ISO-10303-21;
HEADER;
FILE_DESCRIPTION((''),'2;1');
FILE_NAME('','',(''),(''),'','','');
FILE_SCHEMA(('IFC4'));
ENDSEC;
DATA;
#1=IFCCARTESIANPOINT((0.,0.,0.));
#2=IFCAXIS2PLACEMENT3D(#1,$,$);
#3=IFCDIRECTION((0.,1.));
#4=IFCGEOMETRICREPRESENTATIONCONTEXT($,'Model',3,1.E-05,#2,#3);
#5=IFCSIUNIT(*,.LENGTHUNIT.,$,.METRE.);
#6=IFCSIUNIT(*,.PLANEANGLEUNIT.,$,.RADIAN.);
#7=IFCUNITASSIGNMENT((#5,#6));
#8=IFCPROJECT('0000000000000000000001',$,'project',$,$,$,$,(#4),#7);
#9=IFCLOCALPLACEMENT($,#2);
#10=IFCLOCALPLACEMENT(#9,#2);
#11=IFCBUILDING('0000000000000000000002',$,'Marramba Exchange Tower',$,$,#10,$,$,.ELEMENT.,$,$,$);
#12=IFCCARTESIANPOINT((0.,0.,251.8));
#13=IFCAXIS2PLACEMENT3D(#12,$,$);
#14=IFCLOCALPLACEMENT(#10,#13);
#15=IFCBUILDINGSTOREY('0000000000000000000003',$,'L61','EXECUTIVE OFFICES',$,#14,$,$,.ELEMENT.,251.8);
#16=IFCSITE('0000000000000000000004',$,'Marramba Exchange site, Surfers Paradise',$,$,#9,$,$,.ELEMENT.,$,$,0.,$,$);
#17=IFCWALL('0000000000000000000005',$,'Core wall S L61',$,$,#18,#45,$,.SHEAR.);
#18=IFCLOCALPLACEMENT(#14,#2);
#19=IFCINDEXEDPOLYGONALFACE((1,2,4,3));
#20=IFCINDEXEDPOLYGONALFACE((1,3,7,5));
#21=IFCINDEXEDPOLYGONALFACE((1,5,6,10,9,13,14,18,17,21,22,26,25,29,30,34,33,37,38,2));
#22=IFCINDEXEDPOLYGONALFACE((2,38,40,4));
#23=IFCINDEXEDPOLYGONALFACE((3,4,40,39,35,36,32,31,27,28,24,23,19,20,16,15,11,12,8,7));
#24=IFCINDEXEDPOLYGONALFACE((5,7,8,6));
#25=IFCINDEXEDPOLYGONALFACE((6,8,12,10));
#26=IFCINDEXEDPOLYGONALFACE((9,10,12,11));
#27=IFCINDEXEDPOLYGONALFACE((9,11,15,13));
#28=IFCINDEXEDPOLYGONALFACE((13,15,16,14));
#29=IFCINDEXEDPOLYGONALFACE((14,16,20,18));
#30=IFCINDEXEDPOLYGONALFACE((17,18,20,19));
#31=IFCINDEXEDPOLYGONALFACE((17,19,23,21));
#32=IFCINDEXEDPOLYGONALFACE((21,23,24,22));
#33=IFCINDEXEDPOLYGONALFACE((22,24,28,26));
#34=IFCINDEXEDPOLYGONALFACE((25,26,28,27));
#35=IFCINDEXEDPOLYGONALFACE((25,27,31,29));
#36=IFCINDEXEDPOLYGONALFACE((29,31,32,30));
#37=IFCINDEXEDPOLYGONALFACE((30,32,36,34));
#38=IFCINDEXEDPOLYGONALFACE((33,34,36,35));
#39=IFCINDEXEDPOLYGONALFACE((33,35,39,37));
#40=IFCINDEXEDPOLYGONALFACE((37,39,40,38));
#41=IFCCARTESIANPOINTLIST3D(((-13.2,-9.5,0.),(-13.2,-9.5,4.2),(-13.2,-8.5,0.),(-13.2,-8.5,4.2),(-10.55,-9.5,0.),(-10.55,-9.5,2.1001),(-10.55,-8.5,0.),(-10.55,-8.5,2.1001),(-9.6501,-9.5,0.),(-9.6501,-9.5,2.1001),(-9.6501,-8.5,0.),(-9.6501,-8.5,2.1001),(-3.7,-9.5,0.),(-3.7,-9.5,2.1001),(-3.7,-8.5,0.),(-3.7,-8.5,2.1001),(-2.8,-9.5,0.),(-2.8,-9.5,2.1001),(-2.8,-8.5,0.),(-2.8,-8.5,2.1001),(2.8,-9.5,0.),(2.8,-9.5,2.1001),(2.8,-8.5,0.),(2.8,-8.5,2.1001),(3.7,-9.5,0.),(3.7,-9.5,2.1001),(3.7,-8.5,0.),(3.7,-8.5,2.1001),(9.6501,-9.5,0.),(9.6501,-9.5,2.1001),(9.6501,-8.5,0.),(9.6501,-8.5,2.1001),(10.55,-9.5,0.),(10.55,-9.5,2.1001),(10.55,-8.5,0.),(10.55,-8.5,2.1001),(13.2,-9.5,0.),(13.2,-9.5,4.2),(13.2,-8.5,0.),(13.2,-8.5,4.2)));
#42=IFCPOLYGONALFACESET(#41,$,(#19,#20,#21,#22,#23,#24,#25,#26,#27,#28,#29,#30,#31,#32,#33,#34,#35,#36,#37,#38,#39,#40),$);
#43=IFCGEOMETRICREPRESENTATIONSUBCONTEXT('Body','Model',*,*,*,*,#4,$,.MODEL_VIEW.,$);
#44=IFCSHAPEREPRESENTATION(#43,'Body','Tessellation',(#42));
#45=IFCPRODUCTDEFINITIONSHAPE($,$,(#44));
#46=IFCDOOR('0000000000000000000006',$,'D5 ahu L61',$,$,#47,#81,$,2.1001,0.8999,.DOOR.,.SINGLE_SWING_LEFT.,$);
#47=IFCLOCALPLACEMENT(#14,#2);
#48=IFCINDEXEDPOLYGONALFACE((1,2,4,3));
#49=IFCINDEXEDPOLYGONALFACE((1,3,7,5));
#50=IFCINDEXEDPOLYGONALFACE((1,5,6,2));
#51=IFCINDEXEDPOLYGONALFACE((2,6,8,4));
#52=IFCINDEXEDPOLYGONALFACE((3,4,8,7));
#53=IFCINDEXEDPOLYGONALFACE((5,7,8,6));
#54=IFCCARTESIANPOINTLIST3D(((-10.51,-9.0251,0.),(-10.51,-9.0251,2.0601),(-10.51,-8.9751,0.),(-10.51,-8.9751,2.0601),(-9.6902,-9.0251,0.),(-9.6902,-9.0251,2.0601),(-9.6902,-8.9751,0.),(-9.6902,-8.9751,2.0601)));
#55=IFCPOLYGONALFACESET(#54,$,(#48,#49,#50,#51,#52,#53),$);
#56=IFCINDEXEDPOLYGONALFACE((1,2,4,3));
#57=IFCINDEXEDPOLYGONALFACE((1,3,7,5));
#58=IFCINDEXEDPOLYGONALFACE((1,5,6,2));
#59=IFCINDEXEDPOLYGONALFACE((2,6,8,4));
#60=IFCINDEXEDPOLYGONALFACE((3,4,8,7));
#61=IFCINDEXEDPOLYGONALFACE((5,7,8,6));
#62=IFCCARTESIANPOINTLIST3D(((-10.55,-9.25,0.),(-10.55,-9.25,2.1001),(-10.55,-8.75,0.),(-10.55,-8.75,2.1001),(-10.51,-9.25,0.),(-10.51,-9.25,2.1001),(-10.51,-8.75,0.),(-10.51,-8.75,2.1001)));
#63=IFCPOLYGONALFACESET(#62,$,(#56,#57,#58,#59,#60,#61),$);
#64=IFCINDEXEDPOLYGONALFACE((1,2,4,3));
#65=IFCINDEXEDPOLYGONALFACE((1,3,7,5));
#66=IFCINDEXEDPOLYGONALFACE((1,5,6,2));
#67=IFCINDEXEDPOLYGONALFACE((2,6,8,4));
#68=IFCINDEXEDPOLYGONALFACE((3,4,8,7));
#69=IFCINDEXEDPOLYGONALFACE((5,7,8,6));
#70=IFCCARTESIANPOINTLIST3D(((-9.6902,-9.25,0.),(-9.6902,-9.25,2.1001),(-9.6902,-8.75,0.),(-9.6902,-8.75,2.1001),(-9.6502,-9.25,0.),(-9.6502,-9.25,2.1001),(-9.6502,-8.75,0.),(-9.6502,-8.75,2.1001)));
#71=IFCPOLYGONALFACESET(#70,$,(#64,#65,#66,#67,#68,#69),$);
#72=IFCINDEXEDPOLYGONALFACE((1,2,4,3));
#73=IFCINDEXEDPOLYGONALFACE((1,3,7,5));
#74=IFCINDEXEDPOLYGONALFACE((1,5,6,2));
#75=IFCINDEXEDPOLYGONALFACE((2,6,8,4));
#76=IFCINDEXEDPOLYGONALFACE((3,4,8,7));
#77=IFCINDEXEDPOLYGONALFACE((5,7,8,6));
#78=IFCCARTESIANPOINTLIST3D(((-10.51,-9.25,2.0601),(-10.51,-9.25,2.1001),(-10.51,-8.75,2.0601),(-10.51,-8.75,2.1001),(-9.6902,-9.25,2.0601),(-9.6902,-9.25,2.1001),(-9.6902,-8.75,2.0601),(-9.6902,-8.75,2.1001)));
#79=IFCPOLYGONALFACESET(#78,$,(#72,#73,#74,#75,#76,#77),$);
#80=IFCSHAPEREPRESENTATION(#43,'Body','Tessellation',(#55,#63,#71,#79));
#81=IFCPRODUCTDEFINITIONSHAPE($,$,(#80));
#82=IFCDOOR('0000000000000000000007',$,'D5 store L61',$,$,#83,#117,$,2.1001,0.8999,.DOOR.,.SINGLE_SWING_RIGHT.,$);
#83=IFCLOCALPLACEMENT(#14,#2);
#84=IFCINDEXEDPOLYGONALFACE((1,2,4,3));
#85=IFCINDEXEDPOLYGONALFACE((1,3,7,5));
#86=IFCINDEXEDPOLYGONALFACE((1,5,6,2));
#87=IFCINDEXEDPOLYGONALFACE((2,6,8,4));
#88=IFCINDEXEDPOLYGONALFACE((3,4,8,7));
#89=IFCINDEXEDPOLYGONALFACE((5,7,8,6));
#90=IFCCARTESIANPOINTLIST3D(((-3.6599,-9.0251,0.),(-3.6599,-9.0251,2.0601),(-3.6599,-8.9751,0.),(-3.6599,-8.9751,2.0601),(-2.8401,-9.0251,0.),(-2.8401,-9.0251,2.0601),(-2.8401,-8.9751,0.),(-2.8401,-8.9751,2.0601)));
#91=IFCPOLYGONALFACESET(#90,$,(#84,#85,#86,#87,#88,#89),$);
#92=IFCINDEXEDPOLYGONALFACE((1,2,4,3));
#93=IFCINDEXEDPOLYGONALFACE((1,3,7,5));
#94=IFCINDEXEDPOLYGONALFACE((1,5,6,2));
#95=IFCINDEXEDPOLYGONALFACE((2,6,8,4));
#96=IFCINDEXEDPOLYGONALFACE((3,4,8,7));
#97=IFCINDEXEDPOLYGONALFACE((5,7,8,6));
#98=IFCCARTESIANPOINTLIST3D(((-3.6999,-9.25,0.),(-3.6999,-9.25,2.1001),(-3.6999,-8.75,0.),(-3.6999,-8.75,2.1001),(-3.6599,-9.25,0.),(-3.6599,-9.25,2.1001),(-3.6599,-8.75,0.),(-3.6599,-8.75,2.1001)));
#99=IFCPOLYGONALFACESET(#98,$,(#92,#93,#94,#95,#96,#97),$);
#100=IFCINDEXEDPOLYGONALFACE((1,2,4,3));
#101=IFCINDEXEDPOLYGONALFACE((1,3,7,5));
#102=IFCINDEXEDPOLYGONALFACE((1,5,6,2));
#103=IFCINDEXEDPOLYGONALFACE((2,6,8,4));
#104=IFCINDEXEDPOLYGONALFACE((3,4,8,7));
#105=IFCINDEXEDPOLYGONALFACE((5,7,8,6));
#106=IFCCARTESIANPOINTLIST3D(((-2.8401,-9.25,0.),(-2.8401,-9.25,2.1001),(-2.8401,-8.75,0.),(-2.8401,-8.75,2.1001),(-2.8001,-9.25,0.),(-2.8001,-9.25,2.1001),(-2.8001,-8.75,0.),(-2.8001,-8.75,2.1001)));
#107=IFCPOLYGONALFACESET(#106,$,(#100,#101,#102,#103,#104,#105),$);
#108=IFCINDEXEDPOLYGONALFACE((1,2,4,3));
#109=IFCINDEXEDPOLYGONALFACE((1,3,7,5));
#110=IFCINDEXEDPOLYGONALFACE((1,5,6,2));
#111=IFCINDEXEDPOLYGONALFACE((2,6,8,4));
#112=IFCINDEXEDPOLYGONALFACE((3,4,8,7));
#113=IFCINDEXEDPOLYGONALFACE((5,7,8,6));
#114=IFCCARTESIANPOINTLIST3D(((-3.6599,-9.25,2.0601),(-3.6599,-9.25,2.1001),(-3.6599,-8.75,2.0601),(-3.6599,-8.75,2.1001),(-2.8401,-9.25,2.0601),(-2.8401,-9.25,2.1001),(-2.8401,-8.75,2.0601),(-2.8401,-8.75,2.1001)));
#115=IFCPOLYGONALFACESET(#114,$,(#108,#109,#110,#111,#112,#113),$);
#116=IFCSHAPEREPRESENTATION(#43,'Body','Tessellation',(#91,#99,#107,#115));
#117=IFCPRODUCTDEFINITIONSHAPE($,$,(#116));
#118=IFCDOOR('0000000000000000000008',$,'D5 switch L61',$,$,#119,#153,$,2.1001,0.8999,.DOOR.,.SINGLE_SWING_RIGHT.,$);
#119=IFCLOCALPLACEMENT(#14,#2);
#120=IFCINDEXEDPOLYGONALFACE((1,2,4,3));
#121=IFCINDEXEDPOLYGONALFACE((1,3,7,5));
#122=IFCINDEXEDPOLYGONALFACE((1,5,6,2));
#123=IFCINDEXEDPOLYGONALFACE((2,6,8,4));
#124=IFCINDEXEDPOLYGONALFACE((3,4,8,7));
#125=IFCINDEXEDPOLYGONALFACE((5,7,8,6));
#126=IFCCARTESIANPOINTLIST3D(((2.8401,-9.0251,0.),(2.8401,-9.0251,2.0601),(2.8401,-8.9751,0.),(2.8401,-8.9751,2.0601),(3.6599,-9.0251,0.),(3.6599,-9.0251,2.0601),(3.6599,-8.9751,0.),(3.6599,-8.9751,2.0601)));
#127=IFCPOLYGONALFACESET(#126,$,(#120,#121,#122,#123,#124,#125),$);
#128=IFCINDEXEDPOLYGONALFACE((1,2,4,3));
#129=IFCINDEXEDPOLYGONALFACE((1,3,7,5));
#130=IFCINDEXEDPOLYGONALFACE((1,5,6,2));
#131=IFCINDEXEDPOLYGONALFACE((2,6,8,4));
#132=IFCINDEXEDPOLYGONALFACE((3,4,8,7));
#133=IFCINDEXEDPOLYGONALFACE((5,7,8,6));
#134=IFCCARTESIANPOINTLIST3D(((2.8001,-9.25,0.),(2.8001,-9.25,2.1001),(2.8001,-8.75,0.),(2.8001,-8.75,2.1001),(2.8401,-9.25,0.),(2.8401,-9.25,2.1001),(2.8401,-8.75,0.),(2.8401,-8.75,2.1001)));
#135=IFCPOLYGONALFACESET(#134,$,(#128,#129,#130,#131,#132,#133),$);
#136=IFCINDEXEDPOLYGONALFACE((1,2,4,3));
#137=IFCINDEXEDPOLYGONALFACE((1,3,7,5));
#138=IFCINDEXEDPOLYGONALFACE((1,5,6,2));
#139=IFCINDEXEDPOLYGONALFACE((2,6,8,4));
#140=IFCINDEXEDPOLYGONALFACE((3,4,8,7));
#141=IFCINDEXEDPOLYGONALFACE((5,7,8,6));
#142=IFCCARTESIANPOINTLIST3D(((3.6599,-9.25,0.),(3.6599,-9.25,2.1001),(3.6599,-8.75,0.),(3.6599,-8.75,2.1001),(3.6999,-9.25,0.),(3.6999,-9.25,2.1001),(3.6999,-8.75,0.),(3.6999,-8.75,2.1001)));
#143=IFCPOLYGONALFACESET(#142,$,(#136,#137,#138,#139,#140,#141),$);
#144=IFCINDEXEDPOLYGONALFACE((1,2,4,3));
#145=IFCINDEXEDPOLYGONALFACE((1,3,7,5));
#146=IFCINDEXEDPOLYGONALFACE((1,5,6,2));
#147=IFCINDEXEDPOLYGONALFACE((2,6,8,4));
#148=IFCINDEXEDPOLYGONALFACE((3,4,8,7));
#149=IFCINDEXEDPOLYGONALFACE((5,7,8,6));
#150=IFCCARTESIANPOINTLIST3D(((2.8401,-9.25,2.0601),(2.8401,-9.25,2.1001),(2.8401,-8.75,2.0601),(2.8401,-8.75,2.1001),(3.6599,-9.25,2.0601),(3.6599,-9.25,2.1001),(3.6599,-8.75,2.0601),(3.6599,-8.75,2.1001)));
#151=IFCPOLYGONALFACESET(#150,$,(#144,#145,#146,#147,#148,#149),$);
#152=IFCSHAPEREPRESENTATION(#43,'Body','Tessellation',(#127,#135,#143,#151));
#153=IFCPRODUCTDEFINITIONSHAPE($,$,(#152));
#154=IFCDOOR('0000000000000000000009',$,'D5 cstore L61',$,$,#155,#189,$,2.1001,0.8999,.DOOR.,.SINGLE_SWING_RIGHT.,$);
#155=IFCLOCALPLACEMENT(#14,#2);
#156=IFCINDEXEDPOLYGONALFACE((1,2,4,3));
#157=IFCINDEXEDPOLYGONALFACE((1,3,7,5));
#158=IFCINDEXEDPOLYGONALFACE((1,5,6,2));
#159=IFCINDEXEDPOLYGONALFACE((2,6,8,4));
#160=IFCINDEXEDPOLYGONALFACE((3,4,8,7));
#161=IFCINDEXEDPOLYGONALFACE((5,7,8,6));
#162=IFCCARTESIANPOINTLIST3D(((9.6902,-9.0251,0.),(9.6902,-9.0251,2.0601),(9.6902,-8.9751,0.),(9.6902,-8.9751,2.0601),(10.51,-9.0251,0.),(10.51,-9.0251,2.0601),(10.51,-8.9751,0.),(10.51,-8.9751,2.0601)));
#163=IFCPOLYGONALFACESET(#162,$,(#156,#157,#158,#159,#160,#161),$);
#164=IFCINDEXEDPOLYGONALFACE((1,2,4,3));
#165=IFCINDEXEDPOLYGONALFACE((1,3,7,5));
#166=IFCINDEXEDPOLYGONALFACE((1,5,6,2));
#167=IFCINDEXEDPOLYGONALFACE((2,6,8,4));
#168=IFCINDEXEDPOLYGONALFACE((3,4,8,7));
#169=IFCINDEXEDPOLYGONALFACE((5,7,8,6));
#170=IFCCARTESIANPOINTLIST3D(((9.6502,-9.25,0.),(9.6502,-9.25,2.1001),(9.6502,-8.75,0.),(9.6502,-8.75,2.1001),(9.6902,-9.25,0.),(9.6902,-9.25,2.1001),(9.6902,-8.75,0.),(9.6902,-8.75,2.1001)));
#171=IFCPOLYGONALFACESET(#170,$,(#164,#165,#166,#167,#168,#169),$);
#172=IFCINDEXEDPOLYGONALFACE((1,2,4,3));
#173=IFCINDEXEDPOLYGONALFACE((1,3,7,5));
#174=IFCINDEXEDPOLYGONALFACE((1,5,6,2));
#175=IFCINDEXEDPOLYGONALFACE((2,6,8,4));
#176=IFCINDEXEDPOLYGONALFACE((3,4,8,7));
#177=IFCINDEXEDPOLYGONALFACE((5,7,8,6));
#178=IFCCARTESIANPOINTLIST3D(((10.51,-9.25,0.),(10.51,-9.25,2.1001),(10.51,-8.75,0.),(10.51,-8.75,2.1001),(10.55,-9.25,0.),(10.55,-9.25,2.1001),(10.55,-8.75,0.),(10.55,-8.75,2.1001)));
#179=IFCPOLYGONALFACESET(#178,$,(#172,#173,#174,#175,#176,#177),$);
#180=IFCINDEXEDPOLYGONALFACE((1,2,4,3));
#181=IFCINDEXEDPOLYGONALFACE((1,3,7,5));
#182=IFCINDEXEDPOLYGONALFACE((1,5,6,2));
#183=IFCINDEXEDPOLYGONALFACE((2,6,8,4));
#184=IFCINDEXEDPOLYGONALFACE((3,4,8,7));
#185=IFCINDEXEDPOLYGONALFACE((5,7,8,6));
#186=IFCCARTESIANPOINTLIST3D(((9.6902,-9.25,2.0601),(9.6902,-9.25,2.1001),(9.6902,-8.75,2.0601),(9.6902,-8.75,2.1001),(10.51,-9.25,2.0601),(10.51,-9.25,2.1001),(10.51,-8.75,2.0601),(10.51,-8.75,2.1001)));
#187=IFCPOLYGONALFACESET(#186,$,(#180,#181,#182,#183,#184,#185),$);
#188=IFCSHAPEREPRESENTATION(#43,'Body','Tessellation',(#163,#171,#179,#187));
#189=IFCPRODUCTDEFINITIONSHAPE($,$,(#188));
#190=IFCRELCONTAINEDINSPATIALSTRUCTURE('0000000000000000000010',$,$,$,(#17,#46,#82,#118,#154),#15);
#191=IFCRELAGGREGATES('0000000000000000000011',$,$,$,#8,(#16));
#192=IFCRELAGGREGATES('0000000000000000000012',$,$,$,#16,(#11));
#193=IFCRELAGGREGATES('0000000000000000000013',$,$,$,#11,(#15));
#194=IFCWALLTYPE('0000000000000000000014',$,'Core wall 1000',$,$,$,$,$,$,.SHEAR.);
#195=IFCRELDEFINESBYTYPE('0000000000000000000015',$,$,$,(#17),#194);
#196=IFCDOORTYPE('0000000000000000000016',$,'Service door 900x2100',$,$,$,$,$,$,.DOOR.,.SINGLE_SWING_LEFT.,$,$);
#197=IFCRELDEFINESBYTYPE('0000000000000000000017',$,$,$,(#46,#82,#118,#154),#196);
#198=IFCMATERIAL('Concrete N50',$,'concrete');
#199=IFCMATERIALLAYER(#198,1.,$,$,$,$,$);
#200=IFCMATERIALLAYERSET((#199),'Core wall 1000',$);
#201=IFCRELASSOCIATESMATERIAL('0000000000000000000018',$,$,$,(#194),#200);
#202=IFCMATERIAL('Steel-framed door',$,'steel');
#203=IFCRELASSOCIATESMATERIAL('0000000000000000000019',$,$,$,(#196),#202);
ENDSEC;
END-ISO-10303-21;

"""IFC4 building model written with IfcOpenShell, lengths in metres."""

from ifc_helpers import new_model, si_unit, direction, frame, frame_2d, origin, place, context, subcontext, project, spatial, rectangle, extrude, material, layer, layer_set, type_object, element, fill, save


model = new_model("IFC4")

# Units and contexts
model_context = context("Model", 3, precision=1e-05, world=origin(), true_north=direction((0.0, 1.0)))
body_context = subcontext(model_context, "Body", "Model", "MODEL_VIEW")
ifc_project = project(units=[si_unit("LENGTHUNIT", "METRE"), si_unit("PLANEANGLEUNIT", "RADIAN")], contexts=[model_context])

# Site, building, storey
site_placement = place(None, origin())
site = spatial("IfcSite", under=ifc_project, at=site_placement, Name="Marramba Exchange site, Surfers Paradise", CompositionType="ELEMENT", RefElevation=0.0)
building_placement = place(site_placement, origin())
building = spatial("IfcBuilding", under=site, at=building_placement, Name="Marramba Exchange Tower", CompositionType="ELEMENT")
storey_placement = place(building_placement, frame((0.0, 0.0, 251.8)))
storey = spatial("IfcBuildingStorey", under=building, at=storey_placement, Name="L61", Description="EXECUTIVE OFFICES", CompositionType="ELEMENT", Elevation=251.8)

# Shared definitions
ifc_material_1 = material(Name="Concrete N50", Category="concrete")

# Wall, openings, doors
ifc_layer_1 = layer(ifc_material_1, 1.0)
ifc_layer_set_1 = layer_set([ifc_layer_1], Name="Core wall 1000")
wall_type_1 = type_object("IfcWallType", Name="Core wall 1000", PredefinedType="SHEAR", material=ifc_layer_set_1)
wall_1_placement = place(storey_placement, frame((-13.2, -9.0, 0.0), z_axis=(0.0, 0.0, 1.0), x_axis=(1.0, 0.0, 0.0)))
wall_1 = element("IfcWall", 1, at=wall_1_placement, inside=storey, type_object=wall_type_1, Name="Core wall S L61", PredefinedType="SHEAR", context=body_context, shape_type="SweptSolid", body=[
    extrude(rectangle(XDim=26.3999, YDim=1.0, at=frame_2d((13.2, 0.0))), origin(), (0.0, 0.0, 1.0), 4.2),
])
opening_1_placement = place(wall_1_placement, frame((2.6499, 0.0, 0.0)))
opening_1 = element("IfcOpeningElement", 2, at=opening_1_placement, cuts=wall_1, PredefinedType="OPENING", context=body_context, shape_type="SweptSolid", body=[
    extrude(rectangle(XDim=0.8999, YDim=2.1001, at=frame_2d((0.45, 1.05))), frame((0.0, 0.51, 0.0), z_axis=(0.0, -1.0, 0.0), x_axis=(1.0, 0.0, 0.0)), (0.0, 0.0, 1.0), 1.02),
])
opening_2_placement = place(wall_1_placement, frame((9.5, 0.0, 0.0)))
opening_2 = element("IfcOpeningElement", 3, at=opening_2_placement, cuts=wall_1, PredefinedType="OPENING", context=body_context, shape_type="SweptSolid", body=[
    extrude(rectangle(XDim=0.8999, YDim=2.1001, at=frame_2d((0.45, 1.05))), frame((0.0, 0.51, 0.0), z_axis=(0.0, -1.0, 0.0), x_axis=(1.0, 0.0, 0.0)), (0.0, 0.0, 1.0), 1.02),
])
opening_3_placement = place(wall_1_placement, frame((16.0, 0.0, 0.0)))
opening_3 = element("IfcOpeningElement", 4, at=opening_3_placement, cuts=wall_1, PredefinedType="OPENING", context=body_context, shape_type="SweptSolid", body=[
    extrude(rectangle(XDim=0.8999, YDim=2.1001, at=frame_2d((0.45, 1.05))), frame((0.0, 0.51, 0.0), z_axis=(0.0, -1.0, 0.0), x_axis=(1.0, 0.0, 0.0)), (0.0, 0.0, 1.0), 1.02),
])
opening_4_placement = place(wall_1_placement, frame((22.8501, 0.0, 0.0)))
opening_4 = element("IfcOpeningElement", 5, at=opening_4_placement, cuts=wall_1, PredefinedType="OPENING", context=body_context, shape_type="SweptSolid", body=[
    extrude(rectangle(XDim=0.8999, YDim=2.1001, at=frame_2d((0.45, 1.05))), frame((0.0, 0.51, 0.0), z_axis=(0.0, -1.0, 0.0), x_axis=(1.0, 0.0, 0.0)), (0.0, 0.0, 1.0), 1.02),
])
ifc_material_2 = material(Name="Steel-framed door", Category="steel")
door_type = type_object("IfcDoorType", Name="Service door 900x2100", OperationType="SINGLE_SWING_LEFT", PredefinedType="DOOR", material=ifc_material_2)
door_1_placement = place(opening_1_placement, origin())
door_1 = element("IfcDoor", 6, at=door_1_placement, inside=storey, type_object=door_type, Name="D5 ahu L61", OperationType="SINGLE_SWING_LEFT", OverallHeight=2.1001, OverallWidth=0.8999, PredefinedType="DOOR", context=body_context, shape_type="SweptSolid", body=[
    extrude(rectangle(XDim=0.8198, YDim=2.0601, at=frame_2d((0.45, 1.03))), frame((0.0, 0.0249, 0.0), z_axis=(0.0, -1.0, 0.0), x_axis=(1.0, 0.0, 0.0)), (0.0, 0.0, 1.0), 0.05),
    extrude(rectangle(XDim=0.04, YDim=2.1001, at=frame_2d((0.02, 1.05))), frame((0.0, 0.25, 0.0), z_axis=(0.0, -1.0, 0.0), x_axis=(1.0, 0.0, 0.0)), (0.0, 0.0, 1.0), 0.5),
    extrude(rectangle(XDim=0.04, YDim=2.1001, at=frame_2d((0.8799, 1.05))), frame((0.0, 0.25, 0.0), z_axis=(0.0, -1.0, 0.0), x_axis=(1.0, 0.0, 0.0)), (0.0, 0.0, 1.0), 0.5),
    extrude(rectangle(XDim=0.8198, YDim=0.04, at=frame_2d((0.45, 2.0801))), frame((0.0, 0.25, 0.0), z_axis=(0.0, -1.0, 0.0), x_axis=(1.0, 0.0, 0.0)), (0.0, 0.0, 1.0), 0.5),
])
fill(opening_1, door_1)
door_2_placement = place(opening_2_placement, origin())
door_2 = element("IfcDoor", 7, at=door_2_placement, inside=storey, type_object=door_type, Name="D5 store L61", OperationType="SINGLE_SWING_RIGHT", OverallHeight=2.1001, OverallWidth=0.8999, PredefinedType="DOOR", context=body_context, shape_type="SweptSolid", body=[
    extrude(rectangle(XDim=0.8198, YDim=2.0601, at=frame_2d((0.45, 1.03))), frame((0.0, 0.0249, 0.0), z_axis=(0.0, -1.0, 0.0), x_axis=(1.0, 0.0, 0.0)), (0.0, 0.0, 1.0), 0.05),
    extrude(rectangle(XDim=0.04, YDim=2.1001, at=frame_2d((0.02, 1.05))), frame((0.0, 0.25, 0.0), z_axis=(0.0, -1.0, 0.0), x_axis=(1.0, 0.0, 0.0)), (0.0, 0.0, 1.0), 0.5),
    extrude(rectangle(XDim=0.04, YDim=2.1001, at=frame_2d((0.8799, 1.05))), frame((0.0, 0.25, 0.0), z_axis=(0.0, -1.0, 0.0), x_axis=(1.0, 0.0, 0.0)), (0.0, 0.0, 1.0), 0.5),
    extrude(rectangle(XDim=0.8198, YDim=0.04, at=frame_2d((0.45, 2.0801))), frame((0.0, 0.25, 0.0), z_axis=(0.0, -1.0, 0.0), x_axis=(1.0, 0.0, 0.0)), (0.0, 0.0, 1.0), 0.5),
])
fill(opening_2, door_2)
door_3_placement = place(opening_3_placement, origin())
door_3 = element("IfcDoor", 8, at=door_3_placement, inside=storey, type_object=door_type, Name="D5 switch L61", OperationType="SINGLE_SWING_RIGHT", OverallHeight=2.1001, OverallWidth=0.8999, PredefinedType="DOOR", context=body_context, shape_type="SweptSolid", body=[
    extrude(rectangle(XDim=0.8198, YDim=2.0601, at=frame_2d((0.45, 1.03))), frame((0.0, 0.0249, 0.0), z_axis=(0.0, -1.0, 0.0), x_axis=(1.0, 0.0, 0.0)), (0.0, 0.0, 1.0), 0.05),
    extrude(rectangle(XDim=0.04, YDim=2.1001, at=frame_2d((0.02, 1.05))), frame((0.0, 0.25, 0.0), z_axis=(0.0, -1.0, 0.0), x_axis=(1.0, 0.0, 0.0)), (0.0, 0.0, 1.0), 0.5),
    extrude(rectangle(XDim=0.04, YDim=2.1001, at=frame_2d((0.8799, 1.05))), frame((0.0, 0.25, 0.0), z_axis=(0.0, -1.0, 0.0), x_axis=(1.0, 0.0, 0.0)), (0.0, 0.0, 1.0), 0.5),
    extrude(rectangle(XDim=0.8198, YDim=0.04, at=frame_2d((0.45, 2.0801))), frame((0.0, 0.25, 0.0), z_axis=(0.0, -1.0, 0.0), x_axis=(1.0, 0.0, 0.0)), (0.0, 0.0, 1.0), 0.5),
])
fill(opening_3, door_3)
door_4_placement = place(opening_4_placement, origin())
door_4 = element("IfcDoor", 9, at=door_4_placement, inside=storey, type_object=door_type, Name="D5 cstore L61", OperationType="SINGLE_SWING_RIGHT", OverallHeight=2.1001, OverallWidth=0.8999, PredefinedType="DOOR", context=body_context, shape_type="SweptSolid", body=[
    extrude(rectangle(XDim=0.8198, YDim=2.0601, at=frame_2d((0.45, 1.03))), frame((0.0, 0.0249, 0.0), z_axis=(0.0, -1.0, 0.0), x_axis=(1.0, 0.0, 0.0)), (0.0, 0.0, 1.0), 0.05),
    extrude(rectangle(XDim=0.04, YDim=2.1001, at=frame_2d((0.02, 1.05))), frame((0.0, 0.25, 0.0), z_axis=(0.0, -1.0, 0.0), x_axis=(1.0, 0.0, 0.0)), (0.0, 0.0, 1.0), 0.5),
    extrude(rectangle(XDim=0.04, YDim=2.1001, at=frame_2d((0.8799, 1.05))), frame((0.0, 0.25, 0.0), z_axis=(0.0, -1.0, 0.0), x_axis=(1.0, 0.0, 0.0)), (0.0, 0.0, 1.0), 0.5),
    extrude(rectangle(XDim=0.8198, YDim=0.04, at=frame_2d((0.45, 2.0801))), frame((0.0, 0.25, 0.0), z_axis=(0.0, -1.0, 0.0), x_axis=(1.0, 0.0, 0.0)), (0.0, 0.0, 1.0), 0.5),
])
fill(opening_4, door_4)

save(model, "model.ifc")
